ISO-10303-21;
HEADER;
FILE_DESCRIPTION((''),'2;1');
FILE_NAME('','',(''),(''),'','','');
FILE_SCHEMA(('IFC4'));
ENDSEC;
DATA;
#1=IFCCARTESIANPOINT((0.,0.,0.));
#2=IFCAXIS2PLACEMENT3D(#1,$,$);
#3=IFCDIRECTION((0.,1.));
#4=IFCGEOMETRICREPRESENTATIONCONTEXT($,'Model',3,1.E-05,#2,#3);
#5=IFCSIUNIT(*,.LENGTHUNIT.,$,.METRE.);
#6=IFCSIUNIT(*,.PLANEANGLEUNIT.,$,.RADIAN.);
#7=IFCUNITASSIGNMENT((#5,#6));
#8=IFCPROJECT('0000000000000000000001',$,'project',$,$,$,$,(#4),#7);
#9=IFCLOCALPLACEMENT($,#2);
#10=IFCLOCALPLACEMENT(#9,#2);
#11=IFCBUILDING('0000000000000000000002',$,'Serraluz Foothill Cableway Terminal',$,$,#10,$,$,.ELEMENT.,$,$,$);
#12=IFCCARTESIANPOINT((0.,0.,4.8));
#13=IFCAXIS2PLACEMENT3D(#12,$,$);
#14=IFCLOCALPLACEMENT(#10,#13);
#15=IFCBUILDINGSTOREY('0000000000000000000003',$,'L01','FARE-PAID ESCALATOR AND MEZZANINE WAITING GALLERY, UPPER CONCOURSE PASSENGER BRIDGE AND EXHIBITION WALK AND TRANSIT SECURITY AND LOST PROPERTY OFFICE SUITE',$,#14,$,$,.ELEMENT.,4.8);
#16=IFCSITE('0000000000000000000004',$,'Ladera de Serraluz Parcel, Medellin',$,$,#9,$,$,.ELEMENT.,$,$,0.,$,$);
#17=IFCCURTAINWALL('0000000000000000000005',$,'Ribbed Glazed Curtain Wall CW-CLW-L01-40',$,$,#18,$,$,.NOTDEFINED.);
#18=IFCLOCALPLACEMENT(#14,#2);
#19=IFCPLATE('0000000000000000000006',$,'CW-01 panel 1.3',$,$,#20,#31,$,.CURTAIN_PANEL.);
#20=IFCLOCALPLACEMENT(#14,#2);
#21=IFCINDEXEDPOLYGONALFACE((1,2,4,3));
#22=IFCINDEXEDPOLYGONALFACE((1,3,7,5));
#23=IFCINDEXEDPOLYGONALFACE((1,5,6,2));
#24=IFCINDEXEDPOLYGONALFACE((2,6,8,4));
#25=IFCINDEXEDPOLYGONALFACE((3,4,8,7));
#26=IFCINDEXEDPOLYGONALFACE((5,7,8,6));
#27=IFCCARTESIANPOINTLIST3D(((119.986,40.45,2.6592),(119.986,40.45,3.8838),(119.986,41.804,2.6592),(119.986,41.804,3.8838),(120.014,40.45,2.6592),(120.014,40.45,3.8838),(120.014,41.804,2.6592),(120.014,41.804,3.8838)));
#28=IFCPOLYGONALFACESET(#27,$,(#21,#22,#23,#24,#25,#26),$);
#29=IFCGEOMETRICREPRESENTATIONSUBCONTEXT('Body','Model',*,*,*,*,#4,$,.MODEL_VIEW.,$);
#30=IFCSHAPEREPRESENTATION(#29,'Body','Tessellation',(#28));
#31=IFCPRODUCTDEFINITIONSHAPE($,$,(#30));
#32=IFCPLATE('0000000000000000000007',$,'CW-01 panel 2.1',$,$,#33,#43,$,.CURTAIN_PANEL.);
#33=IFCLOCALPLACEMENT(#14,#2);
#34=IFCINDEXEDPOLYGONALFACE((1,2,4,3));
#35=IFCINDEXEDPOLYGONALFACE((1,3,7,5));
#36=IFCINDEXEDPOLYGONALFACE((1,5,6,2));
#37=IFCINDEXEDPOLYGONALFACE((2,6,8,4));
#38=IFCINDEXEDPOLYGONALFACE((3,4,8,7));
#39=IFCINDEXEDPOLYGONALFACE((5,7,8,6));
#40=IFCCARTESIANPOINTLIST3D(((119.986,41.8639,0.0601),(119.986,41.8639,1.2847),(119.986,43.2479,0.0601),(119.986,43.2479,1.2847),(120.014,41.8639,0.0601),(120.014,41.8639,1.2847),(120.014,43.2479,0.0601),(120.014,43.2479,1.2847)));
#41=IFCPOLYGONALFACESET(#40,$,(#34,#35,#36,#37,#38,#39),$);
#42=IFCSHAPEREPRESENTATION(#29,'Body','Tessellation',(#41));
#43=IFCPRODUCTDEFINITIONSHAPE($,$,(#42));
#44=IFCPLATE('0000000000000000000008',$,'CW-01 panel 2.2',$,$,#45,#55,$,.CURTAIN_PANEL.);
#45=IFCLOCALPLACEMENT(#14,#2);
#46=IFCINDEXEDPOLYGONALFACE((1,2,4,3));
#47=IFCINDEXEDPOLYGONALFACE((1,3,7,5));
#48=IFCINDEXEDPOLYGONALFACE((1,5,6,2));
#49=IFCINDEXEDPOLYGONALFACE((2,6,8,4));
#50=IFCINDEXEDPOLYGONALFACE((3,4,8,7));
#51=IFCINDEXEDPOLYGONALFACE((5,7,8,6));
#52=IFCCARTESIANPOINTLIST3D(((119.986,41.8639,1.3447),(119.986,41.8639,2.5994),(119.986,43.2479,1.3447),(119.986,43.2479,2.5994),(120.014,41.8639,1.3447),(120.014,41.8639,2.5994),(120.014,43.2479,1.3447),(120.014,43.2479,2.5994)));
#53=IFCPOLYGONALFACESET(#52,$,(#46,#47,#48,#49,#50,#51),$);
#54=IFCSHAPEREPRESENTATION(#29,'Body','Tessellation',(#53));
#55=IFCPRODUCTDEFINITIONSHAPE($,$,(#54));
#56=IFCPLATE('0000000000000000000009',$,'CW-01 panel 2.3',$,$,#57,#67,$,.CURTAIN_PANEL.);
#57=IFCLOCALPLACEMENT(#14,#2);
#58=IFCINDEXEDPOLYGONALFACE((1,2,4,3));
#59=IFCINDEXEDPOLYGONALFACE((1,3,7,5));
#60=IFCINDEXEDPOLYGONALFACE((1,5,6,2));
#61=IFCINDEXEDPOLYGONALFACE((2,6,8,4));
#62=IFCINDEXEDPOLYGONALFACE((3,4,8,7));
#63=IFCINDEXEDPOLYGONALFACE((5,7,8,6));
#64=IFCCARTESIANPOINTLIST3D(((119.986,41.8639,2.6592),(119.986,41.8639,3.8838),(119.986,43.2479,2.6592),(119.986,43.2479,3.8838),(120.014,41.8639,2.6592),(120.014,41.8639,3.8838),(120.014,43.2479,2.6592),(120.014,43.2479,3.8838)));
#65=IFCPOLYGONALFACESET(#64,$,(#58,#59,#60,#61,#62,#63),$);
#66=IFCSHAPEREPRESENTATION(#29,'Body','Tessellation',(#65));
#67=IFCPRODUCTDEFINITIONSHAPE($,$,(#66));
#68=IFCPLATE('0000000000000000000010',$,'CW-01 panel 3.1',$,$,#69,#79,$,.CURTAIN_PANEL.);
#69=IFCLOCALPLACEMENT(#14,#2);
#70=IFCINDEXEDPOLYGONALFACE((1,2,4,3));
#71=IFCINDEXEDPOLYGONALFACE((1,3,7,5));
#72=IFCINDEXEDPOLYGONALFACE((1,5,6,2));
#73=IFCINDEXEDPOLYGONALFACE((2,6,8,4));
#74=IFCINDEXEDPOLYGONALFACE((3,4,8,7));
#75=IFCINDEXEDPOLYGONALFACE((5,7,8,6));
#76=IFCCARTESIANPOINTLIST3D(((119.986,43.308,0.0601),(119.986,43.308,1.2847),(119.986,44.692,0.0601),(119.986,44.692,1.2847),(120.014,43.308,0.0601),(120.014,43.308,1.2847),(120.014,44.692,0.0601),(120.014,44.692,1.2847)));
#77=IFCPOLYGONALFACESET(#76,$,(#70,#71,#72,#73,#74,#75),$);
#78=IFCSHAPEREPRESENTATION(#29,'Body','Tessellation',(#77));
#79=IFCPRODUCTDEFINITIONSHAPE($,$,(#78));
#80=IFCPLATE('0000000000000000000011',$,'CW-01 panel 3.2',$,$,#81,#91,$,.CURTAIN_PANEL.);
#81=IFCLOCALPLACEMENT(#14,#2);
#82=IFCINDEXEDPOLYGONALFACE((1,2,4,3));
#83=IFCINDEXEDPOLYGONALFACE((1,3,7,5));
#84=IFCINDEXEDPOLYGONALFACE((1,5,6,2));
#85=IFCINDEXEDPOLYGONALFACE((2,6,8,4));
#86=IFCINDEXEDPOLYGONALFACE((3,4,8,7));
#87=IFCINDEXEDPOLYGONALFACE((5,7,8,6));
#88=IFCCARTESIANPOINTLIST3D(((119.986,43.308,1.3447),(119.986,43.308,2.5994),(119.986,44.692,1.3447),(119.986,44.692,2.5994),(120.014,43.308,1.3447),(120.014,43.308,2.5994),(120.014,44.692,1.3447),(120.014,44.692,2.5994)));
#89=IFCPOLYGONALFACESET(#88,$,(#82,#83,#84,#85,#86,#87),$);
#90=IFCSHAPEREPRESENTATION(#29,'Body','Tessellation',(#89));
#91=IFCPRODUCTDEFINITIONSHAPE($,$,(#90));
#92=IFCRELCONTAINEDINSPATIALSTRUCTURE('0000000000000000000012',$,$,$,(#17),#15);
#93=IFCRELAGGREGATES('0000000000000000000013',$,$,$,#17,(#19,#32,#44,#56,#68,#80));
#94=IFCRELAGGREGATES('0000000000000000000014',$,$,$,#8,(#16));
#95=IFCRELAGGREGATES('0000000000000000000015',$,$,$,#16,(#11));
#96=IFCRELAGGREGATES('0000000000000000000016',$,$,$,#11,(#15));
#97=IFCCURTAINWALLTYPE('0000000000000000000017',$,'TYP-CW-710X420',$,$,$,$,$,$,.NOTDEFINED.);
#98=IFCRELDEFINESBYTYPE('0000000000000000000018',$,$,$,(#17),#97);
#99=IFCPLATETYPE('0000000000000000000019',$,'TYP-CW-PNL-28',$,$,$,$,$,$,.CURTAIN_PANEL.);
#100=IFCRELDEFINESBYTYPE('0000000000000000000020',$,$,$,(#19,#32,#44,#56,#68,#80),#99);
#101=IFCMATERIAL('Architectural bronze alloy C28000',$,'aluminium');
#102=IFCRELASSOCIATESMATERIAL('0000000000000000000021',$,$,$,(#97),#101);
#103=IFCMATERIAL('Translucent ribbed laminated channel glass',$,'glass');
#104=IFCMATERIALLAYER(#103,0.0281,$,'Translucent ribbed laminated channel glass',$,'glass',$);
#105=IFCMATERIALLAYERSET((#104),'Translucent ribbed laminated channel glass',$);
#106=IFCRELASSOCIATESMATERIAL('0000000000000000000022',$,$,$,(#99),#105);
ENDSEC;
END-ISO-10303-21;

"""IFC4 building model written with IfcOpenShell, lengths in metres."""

from ifc_helpers import new_model, si_unit, direction, frame, origin, origin_2d, place, context, subcontext, project, spatial, rectangle, extrude, material, layer, layer_set, type_object, element, aggregate, save


model = new_model("IFC4")

# Units and contexts
model_context = context("Model", 3, precision=1e-05, world=origin(), true_north=direction((0.0, 1.0)))
body_context = subcontext(model_context, "Body", "Model", "MODEL_VIEW")
ifc_project = project(units=[si_unit("LENGTHUNIT", "METRE"), si_unit("PLANEANGLEUNIT", "RADIAN")], contexts=[model_context])

# Site, building, storey
site_placement = place(None, origin())
site = spatial("IfcSite", under=ifc_project, at=site_placement, Name="Ladera de Serraluz Parcel, Medellin", CompositionType="ELEMENT", RefElevation=0.0)
building_placement = place(site_placement, origin())
building = spatial("IfcBuilding", under=site, at=building_placement, Name="Serraluz Foothill Cableway Terminal", CompositionType="ELEMENT")
storey_placement = place(building_placement, frame((0.0, 0.0, 4.8)))
storey = spatial("IfcBuildingStorey", under=building, at=storey_placement, Name="L01", Description="FARE-PAID ESCALATOR AND MEZZANINE WAITING GALLERY, UPPER CONCOURSE PASSENGER BRIDGE AND EXHIBITION WALK AND TRANSIT SECURITY AND LOST PROPERTY OFFICE SUITE", CompositionType="ELEMENT", Elevation=4.8)

# Shared definitions
ifc_material_1 = material(Name="Architectural bronze alloy C28000", Category="aluminium")
curtain_wall_type = type_object("IfcCurtainWallType", Name="TYP-CW-710X420", PredefinedType="NOTDEFINED", material=ifc_material_1)

# Curtain wall
curtain_wall_1_placement = place(storey_placement, origin())
curtain_wall_1 = element("IfcCurtainWall", 1, at=curtain_wall_1_placement, inside=storey, type_object=curtain_wall_type, Name="Ribbed Glazed Curtain Wall CW-CLW-L01-40", PredefinedType="NOTDEFINED")

# Plates
ifc_material_2 = material(Name="Translucent ribbed laminated channel glass", Category="glass")
ifc_layer = layer(ifc_material_2, 0.0281, Name="Translucent ribbed laminated channel glass", Category="glass")
ifc_layer_set = layer_set([ifc_layer], Name="Translucent ribbed laminated channel glass")
plate_type = type_object("IfcPlateType", Name="TYP-CW-PNL-28", PredefinedType="CURTAIN_PANEL", material=ifc_layer_set)
plate_1_placement = place(storey_placement, frame((120.0, 41.127, 2.6592), z_axis=(0.0, 0.0, 1.0), x_axis=(0.0, 1.0, 0.0)))
plate_1 = element("IfcPlate", 2, at=plate_1_placement, type_object=plate_type, Name="CW-01 panel 1.3", PredefinedType="CURTAIN_PANEL", context=body_context, shape_type="SweptSolid", body=[
    extrude(rectangle(XDim=1.354, YDim=0.0281, at=origin_2d()), origin(), (0.0, 0.0, 1.0), 1.2246),
])
plate_2_placement = place(storey_placement, frame((120.0, 42.5559, 0.0601), z_axis=(0.0, 0.0, 1.0), x_axis=(0.0, 1.0, 0.0)))
plate_2 = element("IfcPlate", 3, at=plate_2_placement, type_object=plate_type, Name="CW-01 panel 2.1", PredefinedType="CURTAIN_PANEL", context=body_context, shape_type="SweptSolid", body=[
    extrude(rectangle(XDim=1.384, YDim=0.0281, at=origin_2d()), origin(), (0.0, 0.0, 1.0), 1.2246),
])
plate_3_placement = place(storey_placement, frame((120.0, 42.5559, 1.3447), z_axis=(0.0, 0.0, 1.0), x_axis=(0.0, 1.0, 0.0)))
plate_3 = element("IfcPlate", 4, at=plate_3_placement, type_object=plate_type, Name="CW-01 panel 2.2", PredefinedType="CURTAIN_PANEL", context=body_context, shape_type="SweptSolid", body=[
    extrude(rectangle(XDim=1.384, YDim=0.0281, at=origin_2d()), origin(), (0.0, 0.0, 1.0), 1.2546),
])
plate_4_placement = place(storey_placement, frame((120.0, 42.5559, 2.6592), z_axis=(0.0, 0.0, 1.0), x_axis=(0.0, 1.0, 0.0)))
plate_4 = element("IfcPlate", 5, at=plate_4_placement, type_object=plate_type, Name="CW-01 panel 2.3", PredefinedType="CURTAIN_PANEL", context=body_context, shape_type="SweptSolid", body=[
    extrude(rectangle(XDim=1.384, YDim=0.0281, at=origin_2d()), origin(), (0.0, 0.0, 1.0), 1.2246),
])
plate_5_placement = place(storey_placement, frame((120.0, 44.0, 0.0601), z_axis=(0.0, 0.0, 1.0), x_axis=(0.0, 1.0, 0.0)))
plate_5 = element("IfcPlate", 6, at=plate_5_placement, type_object=plate_type, Name="CW-01 panel 3.1", PredefinedType="CURTAIN_PANEL", context=body_context, shape_type="SweptSolid", body=[
    extrude(rectangle(XDim=1.384, YDim=0.0281, at=origin_2d()), origin(), (0.0, 0.0, 1.0), 1.2246),
])
plate_6_placement = place(storey_placement, frame((120.0, 44.0, 1.3447), z_axis=(0.0, 0.0, 1.0), x_axis=(0.0, 1.0, 0.0)))
plate_6 = element("IfcPlate", 7, at=plate_6_placement, type_object=plate_type, Name="CW-01 panel 3.2", PredefinedType="CURTAIN_PANEL", context=body_context, shape_type="SweptSolid", body=[
    extrude(rectangle(XDim=1.384, YDim=0.0281, at=origin_2d()), origin(), (0.0, 0.0, 1.0), 1.2546),
])
aggregate(curtain_wall_1, [plate_1, plate_2, plate_3, plate_4, plate_5, plate_6])

save(model, "model.ifc")
